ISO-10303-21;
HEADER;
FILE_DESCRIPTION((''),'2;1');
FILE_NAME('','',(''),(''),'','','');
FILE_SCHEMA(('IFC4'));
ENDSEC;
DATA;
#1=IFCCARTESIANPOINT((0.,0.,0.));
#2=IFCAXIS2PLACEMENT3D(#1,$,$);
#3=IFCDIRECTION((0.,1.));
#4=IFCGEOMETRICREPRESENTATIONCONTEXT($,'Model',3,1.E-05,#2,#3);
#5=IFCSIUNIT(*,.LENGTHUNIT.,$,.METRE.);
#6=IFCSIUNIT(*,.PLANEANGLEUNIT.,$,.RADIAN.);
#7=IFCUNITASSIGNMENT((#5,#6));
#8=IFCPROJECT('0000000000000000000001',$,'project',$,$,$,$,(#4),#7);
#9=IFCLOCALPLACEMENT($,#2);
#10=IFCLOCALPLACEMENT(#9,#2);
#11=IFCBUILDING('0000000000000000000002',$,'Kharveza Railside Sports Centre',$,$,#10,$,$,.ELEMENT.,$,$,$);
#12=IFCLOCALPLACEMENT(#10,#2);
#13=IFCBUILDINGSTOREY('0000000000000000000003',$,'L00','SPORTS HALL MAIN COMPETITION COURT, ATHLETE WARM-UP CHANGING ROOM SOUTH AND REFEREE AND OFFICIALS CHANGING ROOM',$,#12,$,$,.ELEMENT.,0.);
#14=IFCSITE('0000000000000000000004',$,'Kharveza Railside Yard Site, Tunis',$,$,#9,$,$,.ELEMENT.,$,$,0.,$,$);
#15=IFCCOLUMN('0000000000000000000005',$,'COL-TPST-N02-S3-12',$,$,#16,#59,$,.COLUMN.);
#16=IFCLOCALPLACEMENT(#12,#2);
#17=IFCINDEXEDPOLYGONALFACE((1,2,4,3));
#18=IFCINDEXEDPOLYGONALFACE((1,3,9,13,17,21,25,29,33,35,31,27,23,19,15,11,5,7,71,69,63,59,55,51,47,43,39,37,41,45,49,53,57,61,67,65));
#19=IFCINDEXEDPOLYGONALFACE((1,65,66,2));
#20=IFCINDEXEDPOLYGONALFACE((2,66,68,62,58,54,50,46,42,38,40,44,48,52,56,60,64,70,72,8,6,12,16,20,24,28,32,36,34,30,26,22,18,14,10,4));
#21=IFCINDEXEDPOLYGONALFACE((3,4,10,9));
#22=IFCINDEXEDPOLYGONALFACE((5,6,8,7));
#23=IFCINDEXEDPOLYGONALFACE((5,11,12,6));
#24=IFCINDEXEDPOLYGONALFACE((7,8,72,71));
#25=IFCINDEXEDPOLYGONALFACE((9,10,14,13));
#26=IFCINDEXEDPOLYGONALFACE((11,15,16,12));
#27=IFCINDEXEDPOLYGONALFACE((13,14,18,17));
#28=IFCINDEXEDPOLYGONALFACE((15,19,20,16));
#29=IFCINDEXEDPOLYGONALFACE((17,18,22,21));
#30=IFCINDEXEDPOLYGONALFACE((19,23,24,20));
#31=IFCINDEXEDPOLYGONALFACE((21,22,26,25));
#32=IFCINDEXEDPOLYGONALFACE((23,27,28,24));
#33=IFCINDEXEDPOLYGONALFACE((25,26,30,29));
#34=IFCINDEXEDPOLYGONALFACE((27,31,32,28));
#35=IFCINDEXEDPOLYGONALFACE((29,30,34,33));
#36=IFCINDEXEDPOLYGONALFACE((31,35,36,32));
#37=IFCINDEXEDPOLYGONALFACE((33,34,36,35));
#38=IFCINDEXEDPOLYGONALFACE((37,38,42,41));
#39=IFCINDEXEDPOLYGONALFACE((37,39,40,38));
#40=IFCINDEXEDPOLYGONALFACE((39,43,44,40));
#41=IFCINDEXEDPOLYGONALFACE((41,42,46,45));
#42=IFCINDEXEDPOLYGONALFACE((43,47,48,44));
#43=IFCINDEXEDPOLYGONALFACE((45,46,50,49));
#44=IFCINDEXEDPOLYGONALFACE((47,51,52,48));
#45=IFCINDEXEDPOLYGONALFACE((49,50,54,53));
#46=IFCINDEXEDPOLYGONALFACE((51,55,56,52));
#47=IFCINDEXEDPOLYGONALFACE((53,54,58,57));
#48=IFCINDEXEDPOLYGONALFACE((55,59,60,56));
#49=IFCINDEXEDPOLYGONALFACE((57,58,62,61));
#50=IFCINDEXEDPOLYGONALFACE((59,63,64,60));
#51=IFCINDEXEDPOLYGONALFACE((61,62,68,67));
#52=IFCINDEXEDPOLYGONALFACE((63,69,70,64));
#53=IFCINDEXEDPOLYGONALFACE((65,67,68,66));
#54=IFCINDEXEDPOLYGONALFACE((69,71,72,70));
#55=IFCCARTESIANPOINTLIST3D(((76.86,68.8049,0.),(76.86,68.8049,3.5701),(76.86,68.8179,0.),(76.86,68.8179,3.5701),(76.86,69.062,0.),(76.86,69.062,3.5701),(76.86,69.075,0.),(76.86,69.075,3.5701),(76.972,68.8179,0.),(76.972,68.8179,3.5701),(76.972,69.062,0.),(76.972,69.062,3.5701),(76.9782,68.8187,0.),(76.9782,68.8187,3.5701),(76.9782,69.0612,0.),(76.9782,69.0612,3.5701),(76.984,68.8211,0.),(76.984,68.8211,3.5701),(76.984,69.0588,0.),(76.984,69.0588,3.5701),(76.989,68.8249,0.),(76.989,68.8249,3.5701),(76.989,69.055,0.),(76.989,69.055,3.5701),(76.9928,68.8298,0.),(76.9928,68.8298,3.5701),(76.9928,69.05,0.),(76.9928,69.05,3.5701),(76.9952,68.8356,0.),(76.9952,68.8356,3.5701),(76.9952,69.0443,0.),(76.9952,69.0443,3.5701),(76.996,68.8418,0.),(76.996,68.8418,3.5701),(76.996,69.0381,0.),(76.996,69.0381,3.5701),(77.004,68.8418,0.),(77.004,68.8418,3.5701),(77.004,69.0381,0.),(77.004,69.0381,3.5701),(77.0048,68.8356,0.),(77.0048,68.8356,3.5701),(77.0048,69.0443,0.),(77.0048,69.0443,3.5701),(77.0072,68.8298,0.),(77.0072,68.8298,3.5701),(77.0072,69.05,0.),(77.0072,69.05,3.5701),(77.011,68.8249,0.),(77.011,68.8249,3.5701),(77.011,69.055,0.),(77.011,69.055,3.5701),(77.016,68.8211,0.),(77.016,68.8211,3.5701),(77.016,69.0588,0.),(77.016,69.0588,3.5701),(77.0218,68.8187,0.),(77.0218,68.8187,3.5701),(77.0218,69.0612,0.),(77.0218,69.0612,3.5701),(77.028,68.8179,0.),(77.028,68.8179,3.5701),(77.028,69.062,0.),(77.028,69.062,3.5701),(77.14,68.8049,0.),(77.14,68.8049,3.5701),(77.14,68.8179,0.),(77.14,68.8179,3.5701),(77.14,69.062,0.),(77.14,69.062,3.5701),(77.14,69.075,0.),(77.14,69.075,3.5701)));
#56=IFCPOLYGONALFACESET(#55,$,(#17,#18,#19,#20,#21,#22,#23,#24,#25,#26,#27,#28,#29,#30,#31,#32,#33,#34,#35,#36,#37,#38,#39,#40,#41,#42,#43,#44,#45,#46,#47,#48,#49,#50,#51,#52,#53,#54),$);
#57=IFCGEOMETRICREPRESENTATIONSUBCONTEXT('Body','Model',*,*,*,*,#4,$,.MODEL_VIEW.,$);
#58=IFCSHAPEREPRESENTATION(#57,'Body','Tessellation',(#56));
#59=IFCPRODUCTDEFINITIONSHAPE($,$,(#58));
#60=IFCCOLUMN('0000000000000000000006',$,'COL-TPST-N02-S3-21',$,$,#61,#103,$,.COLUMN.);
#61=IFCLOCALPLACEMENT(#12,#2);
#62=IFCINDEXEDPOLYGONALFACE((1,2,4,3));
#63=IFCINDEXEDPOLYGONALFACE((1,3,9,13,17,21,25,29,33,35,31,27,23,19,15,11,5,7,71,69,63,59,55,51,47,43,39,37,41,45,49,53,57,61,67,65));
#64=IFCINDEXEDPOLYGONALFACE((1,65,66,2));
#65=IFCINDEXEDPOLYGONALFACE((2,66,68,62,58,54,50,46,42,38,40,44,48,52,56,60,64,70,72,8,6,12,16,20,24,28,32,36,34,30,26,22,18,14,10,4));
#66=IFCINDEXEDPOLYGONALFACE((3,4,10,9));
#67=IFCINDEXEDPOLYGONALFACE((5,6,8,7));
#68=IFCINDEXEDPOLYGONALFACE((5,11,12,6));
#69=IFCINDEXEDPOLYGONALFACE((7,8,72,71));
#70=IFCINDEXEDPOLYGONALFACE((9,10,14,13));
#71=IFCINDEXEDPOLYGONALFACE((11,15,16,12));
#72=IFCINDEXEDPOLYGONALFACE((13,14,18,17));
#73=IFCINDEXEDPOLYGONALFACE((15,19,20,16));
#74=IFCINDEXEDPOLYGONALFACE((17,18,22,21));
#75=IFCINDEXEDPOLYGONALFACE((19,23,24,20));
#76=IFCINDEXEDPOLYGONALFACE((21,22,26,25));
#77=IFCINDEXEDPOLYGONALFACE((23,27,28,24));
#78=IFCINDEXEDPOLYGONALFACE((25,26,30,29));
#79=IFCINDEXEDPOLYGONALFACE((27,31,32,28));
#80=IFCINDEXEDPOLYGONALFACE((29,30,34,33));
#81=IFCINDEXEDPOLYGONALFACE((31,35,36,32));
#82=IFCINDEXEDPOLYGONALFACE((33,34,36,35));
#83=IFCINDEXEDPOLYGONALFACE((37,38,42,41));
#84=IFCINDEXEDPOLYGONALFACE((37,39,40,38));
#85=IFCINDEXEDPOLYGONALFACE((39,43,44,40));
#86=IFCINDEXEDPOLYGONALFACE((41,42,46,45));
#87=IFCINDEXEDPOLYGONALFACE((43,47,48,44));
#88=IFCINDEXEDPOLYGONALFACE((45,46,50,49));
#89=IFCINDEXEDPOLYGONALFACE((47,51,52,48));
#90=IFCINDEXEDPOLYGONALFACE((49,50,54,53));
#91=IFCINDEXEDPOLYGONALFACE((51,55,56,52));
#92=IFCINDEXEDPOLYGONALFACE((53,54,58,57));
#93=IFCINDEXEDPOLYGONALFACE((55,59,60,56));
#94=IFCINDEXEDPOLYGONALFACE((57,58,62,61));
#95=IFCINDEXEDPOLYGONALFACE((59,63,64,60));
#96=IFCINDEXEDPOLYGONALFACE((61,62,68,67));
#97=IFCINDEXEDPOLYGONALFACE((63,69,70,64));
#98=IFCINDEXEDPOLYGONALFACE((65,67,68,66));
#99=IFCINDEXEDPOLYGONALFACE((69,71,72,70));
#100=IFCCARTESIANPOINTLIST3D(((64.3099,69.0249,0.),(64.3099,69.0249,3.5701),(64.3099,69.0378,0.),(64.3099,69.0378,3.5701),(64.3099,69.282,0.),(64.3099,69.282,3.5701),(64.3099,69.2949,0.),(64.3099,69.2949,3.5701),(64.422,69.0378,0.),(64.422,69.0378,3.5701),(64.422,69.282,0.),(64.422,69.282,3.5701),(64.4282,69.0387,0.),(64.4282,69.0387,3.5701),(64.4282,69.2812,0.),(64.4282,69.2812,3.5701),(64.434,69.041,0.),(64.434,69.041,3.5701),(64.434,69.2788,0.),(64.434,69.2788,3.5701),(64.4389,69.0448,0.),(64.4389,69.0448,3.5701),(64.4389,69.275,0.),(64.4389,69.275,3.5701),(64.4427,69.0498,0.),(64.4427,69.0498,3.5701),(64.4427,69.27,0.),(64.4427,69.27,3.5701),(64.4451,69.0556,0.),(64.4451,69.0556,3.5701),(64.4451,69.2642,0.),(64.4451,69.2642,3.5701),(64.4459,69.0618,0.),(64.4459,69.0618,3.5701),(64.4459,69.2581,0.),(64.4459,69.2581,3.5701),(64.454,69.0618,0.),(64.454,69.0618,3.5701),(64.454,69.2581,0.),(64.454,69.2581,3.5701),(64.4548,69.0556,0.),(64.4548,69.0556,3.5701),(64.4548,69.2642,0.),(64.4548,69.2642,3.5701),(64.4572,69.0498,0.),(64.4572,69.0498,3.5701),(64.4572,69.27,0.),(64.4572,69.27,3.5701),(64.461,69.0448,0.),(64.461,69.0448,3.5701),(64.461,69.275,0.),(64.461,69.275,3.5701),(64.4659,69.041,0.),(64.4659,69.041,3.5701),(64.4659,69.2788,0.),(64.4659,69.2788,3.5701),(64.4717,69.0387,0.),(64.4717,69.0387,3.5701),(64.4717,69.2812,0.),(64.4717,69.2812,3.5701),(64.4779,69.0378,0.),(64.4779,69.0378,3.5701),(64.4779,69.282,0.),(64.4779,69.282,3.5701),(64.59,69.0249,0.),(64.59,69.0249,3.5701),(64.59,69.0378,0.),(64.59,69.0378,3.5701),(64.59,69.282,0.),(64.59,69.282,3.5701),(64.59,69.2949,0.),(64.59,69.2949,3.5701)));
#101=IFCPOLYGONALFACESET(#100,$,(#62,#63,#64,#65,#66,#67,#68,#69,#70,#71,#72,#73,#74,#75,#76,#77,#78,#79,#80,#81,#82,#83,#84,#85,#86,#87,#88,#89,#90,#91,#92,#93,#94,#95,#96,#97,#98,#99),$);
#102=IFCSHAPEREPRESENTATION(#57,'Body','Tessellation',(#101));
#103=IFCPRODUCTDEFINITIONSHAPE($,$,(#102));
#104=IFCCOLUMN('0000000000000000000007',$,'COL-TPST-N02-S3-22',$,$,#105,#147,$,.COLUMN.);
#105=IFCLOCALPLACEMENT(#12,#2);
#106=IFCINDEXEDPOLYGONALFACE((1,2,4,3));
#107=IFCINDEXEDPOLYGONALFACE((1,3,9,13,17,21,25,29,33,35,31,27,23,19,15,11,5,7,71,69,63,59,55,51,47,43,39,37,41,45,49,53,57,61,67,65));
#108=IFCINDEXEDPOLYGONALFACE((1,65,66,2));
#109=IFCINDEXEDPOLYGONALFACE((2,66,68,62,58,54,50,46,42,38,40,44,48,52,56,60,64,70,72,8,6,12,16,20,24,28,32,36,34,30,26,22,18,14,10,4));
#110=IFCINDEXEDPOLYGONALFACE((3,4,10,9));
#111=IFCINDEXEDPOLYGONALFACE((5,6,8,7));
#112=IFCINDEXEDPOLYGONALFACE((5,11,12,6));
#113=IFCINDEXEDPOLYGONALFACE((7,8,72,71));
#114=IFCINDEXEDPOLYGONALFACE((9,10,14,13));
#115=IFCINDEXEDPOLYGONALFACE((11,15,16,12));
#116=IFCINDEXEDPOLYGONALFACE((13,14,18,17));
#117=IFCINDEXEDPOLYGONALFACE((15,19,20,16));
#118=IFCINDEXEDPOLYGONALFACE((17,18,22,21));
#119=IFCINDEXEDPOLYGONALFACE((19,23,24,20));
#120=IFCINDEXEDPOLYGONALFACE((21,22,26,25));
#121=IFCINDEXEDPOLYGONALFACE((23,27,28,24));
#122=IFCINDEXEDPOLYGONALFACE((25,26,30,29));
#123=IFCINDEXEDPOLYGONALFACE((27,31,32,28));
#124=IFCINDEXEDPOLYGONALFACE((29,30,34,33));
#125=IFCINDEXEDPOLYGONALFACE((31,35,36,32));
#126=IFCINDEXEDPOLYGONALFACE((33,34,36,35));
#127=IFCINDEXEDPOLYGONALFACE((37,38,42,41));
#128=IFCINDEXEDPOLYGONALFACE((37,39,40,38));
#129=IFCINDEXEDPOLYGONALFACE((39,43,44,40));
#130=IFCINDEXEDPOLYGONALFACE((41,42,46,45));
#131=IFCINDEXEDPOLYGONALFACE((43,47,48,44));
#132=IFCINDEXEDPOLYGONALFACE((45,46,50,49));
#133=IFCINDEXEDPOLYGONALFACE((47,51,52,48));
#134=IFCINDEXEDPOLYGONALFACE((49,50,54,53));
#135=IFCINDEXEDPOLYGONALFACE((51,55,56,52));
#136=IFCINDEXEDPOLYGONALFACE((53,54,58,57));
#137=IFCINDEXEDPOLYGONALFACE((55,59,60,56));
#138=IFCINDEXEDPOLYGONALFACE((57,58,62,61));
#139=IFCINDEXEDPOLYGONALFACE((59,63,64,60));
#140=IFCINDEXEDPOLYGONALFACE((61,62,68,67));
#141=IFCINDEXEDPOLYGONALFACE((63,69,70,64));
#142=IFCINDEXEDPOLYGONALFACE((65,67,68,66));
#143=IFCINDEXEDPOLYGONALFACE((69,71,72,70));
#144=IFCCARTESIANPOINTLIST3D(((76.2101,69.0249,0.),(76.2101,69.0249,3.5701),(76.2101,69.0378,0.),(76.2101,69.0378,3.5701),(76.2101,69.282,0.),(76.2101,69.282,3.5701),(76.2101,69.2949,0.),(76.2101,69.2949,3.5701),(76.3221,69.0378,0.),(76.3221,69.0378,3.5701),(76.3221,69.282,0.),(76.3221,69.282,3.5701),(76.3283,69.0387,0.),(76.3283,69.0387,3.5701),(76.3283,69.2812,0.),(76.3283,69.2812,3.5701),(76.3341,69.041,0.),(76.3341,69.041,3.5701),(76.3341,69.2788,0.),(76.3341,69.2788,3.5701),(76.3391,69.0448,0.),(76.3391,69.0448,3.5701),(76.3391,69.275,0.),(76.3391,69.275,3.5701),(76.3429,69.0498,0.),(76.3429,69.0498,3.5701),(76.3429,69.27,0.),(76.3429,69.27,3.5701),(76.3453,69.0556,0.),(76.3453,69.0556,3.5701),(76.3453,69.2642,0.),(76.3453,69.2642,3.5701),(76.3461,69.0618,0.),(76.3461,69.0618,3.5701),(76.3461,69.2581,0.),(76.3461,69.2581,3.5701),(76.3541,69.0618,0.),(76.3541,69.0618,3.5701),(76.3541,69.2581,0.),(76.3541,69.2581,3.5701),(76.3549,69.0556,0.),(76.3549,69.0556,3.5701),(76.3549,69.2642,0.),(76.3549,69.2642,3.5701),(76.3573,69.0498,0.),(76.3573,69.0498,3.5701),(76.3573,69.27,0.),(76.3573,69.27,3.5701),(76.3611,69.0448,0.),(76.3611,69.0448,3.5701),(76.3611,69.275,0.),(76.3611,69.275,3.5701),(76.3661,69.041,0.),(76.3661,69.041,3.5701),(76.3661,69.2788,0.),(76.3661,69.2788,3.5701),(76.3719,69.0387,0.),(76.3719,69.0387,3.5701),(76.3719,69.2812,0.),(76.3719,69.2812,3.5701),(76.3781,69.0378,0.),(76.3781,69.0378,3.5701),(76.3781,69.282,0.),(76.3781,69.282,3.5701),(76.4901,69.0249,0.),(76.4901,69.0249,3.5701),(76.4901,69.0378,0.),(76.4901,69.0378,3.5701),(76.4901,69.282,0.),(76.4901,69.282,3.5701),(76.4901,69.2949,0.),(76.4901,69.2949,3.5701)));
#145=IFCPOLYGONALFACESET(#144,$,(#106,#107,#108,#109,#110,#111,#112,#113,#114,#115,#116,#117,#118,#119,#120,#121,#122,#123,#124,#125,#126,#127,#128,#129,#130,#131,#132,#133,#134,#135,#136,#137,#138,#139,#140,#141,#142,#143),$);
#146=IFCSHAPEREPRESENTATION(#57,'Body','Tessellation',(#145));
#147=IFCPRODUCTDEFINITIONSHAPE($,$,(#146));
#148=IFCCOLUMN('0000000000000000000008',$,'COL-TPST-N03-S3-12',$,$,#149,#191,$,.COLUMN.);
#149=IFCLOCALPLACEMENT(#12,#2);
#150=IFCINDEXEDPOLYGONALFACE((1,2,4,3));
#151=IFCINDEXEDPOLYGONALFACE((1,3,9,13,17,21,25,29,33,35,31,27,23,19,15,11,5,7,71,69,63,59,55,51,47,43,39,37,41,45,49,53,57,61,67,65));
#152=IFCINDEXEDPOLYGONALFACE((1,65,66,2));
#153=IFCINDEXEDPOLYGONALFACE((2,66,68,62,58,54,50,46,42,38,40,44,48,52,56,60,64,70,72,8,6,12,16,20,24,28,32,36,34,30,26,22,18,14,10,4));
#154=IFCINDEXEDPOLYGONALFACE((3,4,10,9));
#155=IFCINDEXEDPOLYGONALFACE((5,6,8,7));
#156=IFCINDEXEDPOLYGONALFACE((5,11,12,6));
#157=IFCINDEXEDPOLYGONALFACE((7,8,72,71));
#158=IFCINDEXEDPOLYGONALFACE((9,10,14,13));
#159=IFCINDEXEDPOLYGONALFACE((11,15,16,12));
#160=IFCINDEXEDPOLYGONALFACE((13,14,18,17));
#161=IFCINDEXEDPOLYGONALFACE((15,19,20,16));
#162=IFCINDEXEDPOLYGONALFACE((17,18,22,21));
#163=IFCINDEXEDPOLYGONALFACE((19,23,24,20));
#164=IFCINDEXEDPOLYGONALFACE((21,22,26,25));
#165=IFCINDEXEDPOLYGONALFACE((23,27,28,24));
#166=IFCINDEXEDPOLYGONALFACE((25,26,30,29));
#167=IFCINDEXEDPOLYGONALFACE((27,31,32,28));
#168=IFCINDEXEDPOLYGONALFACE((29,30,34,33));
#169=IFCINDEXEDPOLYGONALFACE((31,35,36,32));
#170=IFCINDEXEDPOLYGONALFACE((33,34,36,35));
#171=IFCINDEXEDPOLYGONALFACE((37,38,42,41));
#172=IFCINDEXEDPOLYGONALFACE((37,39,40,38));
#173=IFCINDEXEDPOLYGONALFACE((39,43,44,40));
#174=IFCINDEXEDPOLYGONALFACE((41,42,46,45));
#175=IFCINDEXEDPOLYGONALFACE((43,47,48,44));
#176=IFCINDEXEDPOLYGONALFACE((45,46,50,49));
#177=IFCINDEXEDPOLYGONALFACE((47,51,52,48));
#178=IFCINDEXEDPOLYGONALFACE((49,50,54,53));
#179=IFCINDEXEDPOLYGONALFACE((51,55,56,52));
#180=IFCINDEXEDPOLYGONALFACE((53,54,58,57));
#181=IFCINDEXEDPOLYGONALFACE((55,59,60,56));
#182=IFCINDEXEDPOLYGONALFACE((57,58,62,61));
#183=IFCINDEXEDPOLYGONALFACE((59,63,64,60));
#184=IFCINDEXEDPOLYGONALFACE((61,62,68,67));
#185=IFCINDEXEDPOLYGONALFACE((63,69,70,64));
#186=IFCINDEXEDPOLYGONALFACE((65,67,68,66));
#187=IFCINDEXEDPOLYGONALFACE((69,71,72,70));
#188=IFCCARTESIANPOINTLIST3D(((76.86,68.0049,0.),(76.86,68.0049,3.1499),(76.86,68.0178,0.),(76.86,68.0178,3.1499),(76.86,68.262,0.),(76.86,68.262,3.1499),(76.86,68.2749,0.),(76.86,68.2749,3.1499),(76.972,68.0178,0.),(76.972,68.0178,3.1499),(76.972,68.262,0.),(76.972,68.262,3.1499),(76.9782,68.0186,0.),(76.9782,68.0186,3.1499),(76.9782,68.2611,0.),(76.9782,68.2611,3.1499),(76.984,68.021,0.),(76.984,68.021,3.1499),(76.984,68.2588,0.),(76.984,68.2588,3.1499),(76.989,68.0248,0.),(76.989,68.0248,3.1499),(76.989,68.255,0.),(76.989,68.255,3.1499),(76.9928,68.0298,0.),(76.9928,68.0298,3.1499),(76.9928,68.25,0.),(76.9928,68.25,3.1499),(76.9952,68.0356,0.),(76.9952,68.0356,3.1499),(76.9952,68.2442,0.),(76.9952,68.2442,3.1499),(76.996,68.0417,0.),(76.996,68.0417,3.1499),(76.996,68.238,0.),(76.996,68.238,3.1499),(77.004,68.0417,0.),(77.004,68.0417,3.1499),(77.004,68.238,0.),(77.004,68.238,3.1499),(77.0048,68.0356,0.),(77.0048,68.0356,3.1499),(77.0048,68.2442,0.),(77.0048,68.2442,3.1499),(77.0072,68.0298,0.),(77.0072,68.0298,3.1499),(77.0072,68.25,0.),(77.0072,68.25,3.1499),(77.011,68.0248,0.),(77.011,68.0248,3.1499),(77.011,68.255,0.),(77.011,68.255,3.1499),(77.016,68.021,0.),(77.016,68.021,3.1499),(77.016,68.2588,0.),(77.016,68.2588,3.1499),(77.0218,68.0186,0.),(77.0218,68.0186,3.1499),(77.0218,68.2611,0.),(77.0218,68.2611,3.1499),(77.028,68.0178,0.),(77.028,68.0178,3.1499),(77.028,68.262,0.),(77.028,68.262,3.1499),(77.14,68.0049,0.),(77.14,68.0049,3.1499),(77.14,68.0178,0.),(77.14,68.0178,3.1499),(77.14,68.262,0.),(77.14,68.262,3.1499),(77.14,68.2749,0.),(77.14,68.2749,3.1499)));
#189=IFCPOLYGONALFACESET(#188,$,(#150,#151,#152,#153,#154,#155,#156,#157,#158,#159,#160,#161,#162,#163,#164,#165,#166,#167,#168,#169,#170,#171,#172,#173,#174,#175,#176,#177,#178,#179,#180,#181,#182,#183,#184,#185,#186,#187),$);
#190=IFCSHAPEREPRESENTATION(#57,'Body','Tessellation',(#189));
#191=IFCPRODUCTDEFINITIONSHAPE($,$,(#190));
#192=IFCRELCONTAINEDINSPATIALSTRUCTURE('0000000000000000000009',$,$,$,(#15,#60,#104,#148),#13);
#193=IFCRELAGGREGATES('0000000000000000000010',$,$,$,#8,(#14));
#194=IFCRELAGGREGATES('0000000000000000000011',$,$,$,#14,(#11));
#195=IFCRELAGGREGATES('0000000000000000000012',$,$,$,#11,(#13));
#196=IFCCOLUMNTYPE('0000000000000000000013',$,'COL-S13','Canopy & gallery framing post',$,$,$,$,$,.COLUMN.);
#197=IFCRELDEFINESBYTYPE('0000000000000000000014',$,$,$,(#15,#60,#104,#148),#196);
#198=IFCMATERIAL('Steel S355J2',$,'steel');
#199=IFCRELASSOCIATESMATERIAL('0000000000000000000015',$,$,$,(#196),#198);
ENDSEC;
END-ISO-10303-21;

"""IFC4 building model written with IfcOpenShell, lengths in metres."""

from ifc_helpers import new_model, si_unit, direction, frame, origin, origin_2d, place, context, subcontext, project, spatial, i_section, extrude, material, material_profile, profile_set, type_object, element, save


model = new_model("IFC4")

# Units and contexts
model_context = context("Model", 3, precision=1e-05, world=origin(), true_north=direction((0.0, 1.0)))
body_context = subcontext(model_context, "Body", "Model", "MODEL_VIEW")
ifc_project = project(units=[si_unit("LENGTHUNIT", "METRE"), si_unit("PLANEANGLEUNIT", "RADIAN")], contexts=[model_context])

# Site, building, storey
site_placement = place(None, origin())
site = spatial("IfcSite", under=ifc_project, at=site_placement, Name="Kharveza Railside Yard Site, Tunis", CompositionType="ELEMENT", RefElevation=0.0)
building_placement = place(site_placement, origin())
building = spatial("IfcBuilding", under=site, at=building_placement, Name="Kharveza Railside Sports Centre", CompositionType="ELEMENT")
storey_placement = place(building_placement, origin())
storey = spatial("IfcBuildingStorey", under=building, at=storey_placement, Name="L00", Description="SPORTS HALL MAIN COMPETITION COURT, ATHLETE WARM-UP CHANGING ROOM SOUTH AND REFEREE AND OFFICIALS CHANGING ROOM", CompositionType="ELEMENT", Elevation=0.0)

# Columns
ifc_material_1 = material(Name="Steel S355J2", Category="steel")
ifc_material_profile_1 = material_profile(ifc_material_1, i_section(OverallWidth=0.28, OverallDepth=0.27, WebThickness=0.0081, FlangeThickness=0.0129, FilletRadius=0.0239, at=origin_2d()), Name="HEA 280")
ifc_profile_set_1 = profile_set([ifc_material_profile_1], Name="Steel S355J2")
column_type_1 = type_object("IfcColumnType", Name="COL-S13", Description="Canopy & gallery framing post", PredefinedType="COLUMN", material=ifc_profile_set_1)
for number, where, z_axis, x_axis, name in (
    (1, (77.0, 68.9399, 0.0), (0.0, 0.0, 1.0), (1.0, 0.0, 0.0), "COL-TPST-N02-S3-12"),
    (2, (64.45, 69.1599, 0.0), (0.0, 0.0, 1.0), (1.0, 0.0, 0.0), "COL-TPST-N02-S3-21"),
    (3, (76.3501, 69.1599, 0.0), (0.0, 0.0, 1.0), (1.0, 0.0, 0.0), "COL-TPST-N02-S3-22"),
):
    element("IfcColumn", number, at=place(storey_placement, frame(where, z_axis=z_axis, x_axis=x_axis)), inside=storey, type_object=column_type_1, Name=name, PredefinedType="COLUMN", context=body_context, shape_type="SweptSolid", body=[
        extrude(i_section(OverallWidth=0.28, OverallDepth=0.27, WebThickness=0.0081, FlangeThickness=0.0129, FilletRadius=0.0239, at=origin_2d()), origin(), (0.0, 0.0, 1.0), 3.5701),
    ])
for number, where, z_axis, x_axis, name in (
    (4, (77.0, 68.1399, 0.0), (0.0, 0.0, 1.0), (1.0, 0.0, 0.0), "COL-TPST-N03-S3-12"),
):
    element("IfcColumn", number, at=place(storey_placement, frame(where, z_axis=z_axis, x_axis=x_axis)), inside=storey, type_object=column_type_1, Name=name, PredefinedType="COLUMN", context=body_context, shape_type="SweptSolid", body=[
        extrude(i_section(OverallWidth=0.28, OverallDepth=0.27, WebThickness=0.0081, FlangeThickness=0.0129, FilletRadius=0.0239, at=origin_2d()), origin(), (0.0, 0.0, 1.0), 3.1499),
    ])

save(model, "model.ifc")
